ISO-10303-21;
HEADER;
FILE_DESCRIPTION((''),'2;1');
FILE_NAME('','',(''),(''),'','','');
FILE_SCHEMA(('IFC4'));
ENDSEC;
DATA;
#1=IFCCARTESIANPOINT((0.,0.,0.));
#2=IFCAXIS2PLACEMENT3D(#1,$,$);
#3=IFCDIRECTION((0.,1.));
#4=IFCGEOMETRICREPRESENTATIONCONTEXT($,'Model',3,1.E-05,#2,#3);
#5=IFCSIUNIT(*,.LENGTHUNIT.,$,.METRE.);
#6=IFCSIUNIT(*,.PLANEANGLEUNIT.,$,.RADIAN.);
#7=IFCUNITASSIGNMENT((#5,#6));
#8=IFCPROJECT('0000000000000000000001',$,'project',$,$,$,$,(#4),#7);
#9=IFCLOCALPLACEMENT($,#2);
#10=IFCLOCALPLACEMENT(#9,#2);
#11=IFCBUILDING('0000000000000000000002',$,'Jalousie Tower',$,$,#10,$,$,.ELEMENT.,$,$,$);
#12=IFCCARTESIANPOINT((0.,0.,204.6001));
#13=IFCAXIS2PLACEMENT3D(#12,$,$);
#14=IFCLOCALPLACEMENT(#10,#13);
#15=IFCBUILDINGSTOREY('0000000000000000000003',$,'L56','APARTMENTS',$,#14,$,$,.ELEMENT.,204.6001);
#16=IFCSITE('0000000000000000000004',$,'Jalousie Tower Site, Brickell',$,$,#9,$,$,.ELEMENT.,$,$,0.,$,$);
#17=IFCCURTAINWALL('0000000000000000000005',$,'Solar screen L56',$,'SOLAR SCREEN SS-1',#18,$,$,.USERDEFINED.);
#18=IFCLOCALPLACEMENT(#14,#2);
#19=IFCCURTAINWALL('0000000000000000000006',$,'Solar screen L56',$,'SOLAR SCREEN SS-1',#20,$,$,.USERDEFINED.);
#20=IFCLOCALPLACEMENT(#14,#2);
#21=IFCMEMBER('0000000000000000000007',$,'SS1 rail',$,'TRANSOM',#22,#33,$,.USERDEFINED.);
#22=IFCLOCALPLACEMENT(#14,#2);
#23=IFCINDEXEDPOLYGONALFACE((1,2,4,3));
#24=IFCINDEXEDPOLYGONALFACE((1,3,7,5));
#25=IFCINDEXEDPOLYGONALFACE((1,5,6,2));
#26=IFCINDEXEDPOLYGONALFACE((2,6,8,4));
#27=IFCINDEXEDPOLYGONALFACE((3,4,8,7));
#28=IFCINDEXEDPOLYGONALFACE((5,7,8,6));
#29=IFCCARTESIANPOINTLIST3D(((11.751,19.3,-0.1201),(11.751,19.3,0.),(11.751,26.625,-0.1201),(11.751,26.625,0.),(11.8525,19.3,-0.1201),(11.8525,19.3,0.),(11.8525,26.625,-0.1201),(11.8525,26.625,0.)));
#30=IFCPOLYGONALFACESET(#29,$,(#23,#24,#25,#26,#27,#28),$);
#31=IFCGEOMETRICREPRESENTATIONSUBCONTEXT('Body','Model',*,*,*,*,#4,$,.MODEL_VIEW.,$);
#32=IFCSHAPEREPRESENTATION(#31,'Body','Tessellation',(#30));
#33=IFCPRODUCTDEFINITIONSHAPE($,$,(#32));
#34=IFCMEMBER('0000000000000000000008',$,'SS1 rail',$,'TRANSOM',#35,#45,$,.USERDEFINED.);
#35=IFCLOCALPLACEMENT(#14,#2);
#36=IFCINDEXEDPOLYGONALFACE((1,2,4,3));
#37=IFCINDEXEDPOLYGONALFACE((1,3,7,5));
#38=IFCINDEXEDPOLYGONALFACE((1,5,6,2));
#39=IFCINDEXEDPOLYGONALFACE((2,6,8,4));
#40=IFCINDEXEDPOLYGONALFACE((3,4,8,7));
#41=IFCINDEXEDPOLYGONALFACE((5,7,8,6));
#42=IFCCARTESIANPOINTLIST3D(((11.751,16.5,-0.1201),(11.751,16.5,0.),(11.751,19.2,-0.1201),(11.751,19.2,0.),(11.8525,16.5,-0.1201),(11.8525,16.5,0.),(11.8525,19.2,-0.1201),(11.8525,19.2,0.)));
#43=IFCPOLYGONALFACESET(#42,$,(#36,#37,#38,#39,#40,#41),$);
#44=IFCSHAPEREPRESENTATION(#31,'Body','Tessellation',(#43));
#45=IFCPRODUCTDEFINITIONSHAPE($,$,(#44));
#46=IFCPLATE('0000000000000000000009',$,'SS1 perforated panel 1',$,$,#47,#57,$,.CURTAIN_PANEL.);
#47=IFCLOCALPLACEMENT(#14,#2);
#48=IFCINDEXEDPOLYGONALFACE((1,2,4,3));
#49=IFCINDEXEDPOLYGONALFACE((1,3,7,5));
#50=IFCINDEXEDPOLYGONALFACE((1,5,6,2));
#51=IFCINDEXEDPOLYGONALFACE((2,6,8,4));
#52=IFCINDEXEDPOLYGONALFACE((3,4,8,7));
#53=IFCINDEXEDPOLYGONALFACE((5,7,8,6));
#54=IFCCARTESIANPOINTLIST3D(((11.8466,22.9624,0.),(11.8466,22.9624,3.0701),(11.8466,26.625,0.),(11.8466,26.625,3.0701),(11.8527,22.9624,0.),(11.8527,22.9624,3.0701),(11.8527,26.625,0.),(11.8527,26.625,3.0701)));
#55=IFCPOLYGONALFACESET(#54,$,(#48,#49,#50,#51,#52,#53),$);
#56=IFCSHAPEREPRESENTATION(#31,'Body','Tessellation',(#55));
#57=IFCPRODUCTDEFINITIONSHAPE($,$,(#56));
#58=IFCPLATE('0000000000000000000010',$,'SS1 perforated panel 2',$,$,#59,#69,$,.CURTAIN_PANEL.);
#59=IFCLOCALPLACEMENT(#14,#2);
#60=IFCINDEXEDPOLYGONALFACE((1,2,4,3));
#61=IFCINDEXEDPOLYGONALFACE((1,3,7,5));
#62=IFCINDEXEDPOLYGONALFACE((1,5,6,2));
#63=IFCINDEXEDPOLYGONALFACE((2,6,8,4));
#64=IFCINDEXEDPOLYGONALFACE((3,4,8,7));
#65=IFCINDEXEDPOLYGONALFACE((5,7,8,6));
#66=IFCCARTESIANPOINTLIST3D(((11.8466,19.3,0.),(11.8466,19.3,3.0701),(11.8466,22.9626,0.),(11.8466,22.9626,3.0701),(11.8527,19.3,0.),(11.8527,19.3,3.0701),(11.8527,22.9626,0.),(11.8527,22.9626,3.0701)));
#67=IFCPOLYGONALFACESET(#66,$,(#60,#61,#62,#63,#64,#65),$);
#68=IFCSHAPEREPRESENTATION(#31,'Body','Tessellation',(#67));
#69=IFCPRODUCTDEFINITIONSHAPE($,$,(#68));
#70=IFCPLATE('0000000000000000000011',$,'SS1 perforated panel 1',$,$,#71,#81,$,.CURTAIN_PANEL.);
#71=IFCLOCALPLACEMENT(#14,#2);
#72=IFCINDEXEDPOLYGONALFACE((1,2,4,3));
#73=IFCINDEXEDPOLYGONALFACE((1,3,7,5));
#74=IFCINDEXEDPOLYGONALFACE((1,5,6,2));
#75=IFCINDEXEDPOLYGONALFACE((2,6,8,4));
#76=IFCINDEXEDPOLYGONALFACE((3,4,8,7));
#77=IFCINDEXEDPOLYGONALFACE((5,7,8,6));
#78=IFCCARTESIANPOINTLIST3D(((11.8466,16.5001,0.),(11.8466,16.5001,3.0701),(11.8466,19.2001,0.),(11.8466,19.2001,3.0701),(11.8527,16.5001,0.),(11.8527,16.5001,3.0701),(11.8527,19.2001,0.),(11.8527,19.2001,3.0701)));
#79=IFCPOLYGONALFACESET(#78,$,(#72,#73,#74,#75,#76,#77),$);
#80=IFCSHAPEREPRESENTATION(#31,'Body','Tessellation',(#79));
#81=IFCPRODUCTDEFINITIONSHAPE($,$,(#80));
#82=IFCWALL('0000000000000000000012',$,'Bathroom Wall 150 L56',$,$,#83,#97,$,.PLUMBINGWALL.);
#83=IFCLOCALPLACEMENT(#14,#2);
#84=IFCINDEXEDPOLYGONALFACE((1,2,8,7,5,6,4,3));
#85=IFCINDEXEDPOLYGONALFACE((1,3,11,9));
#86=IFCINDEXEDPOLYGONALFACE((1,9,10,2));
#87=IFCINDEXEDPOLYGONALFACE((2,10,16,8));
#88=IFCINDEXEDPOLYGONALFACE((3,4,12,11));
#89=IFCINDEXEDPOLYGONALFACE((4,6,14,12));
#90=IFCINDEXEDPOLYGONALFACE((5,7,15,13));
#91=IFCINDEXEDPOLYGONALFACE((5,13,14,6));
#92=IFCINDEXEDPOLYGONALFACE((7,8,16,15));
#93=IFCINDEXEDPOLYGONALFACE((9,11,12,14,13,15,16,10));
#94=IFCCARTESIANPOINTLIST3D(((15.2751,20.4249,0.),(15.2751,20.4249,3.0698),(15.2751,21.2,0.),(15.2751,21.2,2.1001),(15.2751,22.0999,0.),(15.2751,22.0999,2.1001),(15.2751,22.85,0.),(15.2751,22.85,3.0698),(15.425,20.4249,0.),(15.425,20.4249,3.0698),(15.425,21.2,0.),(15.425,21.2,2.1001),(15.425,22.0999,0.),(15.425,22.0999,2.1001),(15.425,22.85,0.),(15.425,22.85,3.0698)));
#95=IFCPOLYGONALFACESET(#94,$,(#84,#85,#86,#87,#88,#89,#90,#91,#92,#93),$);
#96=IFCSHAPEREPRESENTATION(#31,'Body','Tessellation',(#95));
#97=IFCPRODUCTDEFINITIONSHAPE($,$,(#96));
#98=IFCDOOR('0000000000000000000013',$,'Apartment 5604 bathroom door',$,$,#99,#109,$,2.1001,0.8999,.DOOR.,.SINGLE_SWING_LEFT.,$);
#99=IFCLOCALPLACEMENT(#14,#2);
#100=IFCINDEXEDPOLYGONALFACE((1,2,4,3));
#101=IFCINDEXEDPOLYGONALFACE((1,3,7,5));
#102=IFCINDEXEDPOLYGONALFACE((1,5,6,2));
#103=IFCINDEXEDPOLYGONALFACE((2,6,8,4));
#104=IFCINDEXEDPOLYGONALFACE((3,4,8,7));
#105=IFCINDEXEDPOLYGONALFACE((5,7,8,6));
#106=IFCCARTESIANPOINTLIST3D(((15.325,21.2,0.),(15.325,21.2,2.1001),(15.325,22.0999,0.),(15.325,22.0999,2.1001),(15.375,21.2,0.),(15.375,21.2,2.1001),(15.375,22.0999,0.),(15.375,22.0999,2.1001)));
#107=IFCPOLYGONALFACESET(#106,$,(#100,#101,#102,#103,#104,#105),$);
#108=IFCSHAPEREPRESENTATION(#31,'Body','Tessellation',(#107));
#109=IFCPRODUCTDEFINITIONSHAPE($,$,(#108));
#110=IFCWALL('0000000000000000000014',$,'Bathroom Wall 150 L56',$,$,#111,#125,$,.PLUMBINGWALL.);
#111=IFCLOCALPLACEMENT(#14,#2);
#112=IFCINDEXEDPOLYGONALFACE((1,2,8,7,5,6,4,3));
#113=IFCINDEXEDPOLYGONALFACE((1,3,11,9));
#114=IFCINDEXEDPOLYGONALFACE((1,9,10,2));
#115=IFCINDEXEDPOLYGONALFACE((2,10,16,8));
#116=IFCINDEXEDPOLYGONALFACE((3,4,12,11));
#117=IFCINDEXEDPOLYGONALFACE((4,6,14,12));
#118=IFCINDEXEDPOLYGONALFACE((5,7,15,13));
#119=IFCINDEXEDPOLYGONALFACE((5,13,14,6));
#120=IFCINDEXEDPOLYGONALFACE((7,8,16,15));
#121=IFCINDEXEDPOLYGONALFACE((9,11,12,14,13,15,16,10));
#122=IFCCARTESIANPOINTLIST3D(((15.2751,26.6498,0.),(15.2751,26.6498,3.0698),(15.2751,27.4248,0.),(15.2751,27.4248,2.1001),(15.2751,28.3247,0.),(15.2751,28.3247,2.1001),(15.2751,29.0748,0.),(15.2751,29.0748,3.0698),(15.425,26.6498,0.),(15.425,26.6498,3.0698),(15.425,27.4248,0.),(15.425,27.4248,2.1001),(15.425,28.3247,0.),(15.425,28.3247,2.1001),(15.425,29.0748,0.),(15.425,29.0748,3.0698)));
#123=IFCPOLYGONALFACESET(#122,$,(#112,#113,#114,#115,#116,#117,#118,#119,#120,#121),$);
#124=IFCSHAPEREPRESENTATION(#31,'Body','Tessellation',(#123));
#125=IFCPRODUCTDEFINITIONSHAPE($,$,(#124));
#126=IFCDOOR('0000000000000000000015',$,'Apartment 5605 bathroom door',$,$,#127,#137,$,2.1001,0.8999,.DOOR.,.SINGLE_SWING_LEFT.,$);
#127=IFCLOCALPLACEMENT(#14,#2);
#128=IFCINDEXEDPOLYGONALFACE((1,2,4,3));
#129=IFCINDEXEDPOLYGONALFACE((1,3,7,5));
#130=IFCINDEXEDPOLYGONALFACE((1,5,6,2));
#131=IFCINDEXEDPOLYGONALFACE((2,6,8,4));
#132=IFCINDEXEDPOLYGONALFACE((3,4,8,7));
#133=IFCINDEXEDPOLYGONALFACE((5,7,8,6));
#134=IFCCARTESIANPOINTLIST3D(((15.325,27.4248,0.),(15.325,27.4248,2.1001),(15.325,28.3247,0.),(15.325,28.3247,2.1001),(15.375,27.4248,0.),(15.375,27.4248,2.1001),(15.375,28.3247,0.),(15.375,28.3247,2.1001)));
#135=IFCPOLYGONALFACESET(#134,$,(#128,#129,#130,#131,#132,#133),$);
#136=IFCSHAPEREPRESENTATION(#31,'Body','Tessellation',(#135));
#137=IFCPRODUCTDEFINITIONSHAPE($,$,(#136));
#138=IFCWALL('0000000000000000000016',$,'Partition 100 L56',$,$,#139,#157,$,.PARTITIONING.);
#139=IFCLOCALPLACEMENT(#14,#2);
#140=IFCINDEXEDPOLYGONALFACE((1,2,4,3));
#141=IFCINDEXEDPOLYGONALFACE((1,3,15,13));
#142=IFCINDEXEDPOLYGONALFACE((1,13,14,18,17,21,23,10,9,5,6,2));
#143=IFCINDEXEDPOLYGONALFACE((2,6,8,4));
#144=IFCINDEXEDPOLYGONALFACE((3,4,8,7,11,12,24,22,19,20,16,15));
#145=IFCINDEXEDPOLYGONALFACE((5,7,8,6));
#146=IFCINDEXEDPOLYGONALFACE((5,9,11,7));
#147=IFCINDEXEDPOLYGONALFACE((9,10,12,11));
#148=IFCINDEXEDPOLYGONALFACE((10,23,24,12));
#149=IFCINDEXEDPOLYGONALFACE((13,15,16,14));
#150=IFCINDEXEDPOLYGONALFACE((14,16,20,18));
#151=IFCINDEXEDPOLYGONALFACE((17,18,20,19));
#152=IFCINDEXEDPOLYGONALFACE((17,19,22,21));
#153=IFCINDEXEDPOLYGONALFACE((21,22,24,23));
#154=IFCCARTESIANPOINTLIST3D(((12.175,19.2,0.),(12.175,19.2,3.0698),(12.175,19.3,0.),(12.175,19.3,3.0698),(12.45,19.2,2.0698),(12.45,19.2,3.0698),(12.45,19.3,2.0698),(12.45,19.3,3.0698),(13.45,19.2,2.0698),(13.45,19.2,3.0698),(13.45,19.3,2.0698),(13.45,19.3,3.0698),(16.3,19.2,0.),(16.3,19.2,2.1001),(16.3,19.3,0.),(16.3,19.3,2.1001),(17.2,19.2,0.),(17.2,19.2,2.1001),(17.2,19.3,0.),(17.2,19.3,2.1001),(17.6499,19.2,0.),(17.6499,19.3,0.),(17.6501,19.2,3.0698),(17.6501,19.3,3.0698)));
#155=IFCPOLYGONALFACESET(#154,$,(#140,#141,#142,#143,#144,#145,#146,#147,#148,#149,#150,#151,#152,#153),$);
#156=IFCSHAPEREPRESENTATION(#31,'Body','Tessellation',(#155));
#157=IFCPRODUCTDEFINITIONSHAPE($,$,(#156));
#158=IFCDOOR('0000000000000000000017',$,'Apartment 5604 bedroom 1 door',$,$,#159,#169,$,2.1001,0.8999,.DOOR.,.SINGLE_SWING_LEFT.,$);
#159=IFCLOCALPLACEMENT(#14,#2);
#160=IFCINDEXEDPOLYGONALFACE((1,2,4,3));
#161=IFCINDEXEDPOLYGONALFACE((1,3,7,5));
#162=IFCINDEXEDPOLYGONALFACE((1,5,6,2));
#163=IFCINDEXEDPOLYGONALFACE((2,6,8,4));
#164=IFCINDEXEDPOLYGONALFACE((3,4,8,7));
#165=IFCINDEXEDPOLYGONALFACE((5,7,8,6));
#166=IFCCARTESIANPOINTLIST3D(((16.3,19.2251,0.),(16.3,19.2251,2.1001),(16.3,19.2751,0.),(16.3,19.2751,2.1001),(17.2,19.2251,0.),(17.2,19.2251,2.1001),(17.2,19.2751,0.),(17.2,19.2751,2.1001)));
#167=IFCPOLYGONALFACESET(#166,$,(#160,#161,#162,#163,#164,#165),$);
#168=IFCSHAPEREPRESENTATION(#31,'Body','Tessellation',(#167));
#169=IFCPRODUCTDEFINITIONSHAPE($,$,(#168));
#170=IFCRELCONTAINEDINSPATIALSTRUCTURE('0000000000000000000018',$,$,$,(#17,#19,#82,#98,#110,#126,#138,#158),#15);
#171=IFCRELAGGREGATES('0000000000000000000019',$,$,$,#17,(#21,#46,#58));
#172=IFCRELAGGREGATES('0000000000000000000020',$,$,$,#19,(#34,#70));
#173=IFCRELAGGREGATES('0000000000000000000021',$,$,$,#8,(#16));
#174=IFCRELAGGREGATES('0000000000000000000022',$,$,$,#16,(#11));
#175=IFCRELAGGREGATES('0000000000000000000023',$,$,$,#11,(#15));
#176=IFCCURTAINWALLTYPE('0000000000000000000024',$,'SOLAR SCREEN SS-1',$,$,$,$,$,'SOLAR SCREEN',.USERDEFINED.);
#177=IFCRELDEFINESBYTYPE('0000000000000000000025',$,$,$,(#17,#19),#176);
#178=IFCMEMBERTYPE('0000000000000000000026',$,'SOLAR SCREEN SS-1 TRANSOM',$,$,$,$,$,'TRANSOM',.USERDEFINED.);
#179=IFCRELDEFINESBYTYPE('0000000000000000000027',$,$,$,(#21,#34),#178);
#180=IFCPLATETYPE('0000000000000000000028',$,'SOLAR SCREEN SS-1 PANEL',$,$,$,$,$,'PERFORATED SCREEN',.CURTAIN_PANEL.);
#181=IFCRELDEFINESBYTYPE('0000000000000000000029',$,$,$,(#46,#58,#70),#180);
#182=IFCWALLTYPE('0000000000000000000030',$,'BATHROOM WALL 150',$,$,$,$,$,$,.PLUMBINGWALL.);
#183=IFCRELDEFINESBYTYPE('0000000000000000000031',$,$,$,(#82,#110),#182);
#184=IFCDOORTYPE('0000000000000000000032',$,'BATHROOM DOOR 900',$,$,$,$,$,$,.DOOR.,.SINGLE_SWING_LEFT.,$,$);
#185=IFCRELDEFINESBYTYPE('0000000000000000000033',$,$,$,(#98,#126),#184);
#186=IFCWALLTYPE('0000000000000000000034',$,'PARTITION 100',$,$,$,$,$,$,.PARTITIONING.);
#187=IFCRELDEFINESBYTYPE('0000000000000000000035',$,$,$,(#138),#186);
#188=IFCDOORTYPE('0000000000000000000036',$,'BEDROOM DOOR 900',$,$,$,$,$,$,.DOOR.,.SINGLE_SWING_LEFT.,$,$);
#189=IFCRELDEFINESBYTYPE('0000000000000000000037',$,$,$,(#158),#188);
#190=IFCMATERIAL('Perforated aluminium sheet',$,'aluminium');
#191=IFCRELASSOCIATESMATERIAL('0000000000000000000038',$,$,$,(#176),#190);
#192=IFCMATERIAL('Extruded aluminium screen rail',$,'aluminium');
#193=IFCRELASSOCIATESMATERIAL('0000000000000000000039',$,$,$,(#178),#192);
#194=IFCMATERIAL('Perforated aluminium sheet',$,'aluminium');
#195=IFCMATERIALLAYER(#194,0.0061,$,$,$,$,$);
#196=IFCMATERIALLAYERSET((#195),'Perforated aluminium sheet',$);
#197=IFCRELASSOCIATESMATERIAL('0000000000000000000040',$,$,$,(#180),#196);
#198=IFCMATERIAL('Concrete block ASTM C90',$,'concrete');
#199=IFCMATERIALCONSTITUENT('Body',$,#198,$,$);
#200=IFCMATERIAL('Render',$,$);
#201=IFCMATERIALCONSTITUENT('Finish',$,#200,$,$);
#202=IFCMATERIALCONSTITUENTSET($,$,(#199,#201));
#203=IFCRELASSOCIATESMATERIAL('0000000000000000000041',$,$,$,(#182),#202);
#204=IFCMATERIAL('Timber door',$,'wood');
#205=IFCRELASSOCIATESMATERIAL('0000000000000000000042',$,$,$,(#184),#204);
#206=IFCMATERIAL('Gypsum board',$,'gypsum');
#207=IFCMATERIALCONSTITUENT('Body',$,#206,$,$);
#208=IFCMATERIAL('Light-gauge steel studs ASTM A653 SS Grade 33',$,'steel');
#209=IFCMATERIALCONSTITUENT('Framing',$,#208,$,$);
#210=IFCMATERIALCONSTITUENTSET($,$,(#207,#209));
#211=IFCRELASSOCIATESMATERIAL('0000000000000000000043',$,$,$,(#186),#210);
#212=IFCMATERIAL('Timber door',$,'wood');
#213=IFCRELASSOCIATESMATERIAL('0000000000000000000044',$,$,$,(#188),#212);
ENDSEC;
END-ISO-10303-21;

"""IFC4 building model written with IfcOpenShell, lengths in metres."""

from ifc_helpers import new_model, si_unit, direction, frame, frame_2d, origin, origin_2d, place, context, subcontext, project, spatial, polyline, rectangle, outline, extrude, material, layer, layer_set, constituent, constituent_set, material_profile, profile_set, type_object, element, fill, aggregate, save


model = new_model("IFC4")

# Units and contexts
model_context = context("Model", 3, precision=1e-05, world=origin(), true_north=direction((0.0, 1.0)))
body_context = subcontext(model_context, "Body", "Model", "MODEL_VIEW")
ifc_project = project(units=[si_unit("LENGTHUNIT", "METRE"), si_unit("PLANEANGLEUNIT", "RADIAN")], contexts=[model_context])

# Site, building, storey
site_placement = place(None, origin())
site = spatial("IfcSite", under=ifc_project, at=site_placement, Name="Jalousie Tower Site, Brickell", CompositionType="ELEMENT", RefElevation=0.0)
building_placement = place(site_placement, origin())
building = spatial("IfcBuilding", under=site, at=building_placement, Name="Jalousie Tower", CompositionType="ELEMENT")
storey_placement = place(building_placement, frame((0.0, 0.0, 204.6001)))
storey = spatial("IfcBuildingStorey", under=building, at=storey_placement, Name="L56", Description="APARTMENTS", CompositionType="ELEMENT", Elevation=204.6001)

# Curtain walls
ifc_material_1 = material(Name="Perforated aluminium sheet", Category="aluminium")
curtain_wall_type = type_object("IfcCurtainWallType", Name="SOLAR SCREEN SS-1", ElementType="SOLAR SCREEN", PredefinedType="USERDEFINED", material=ifc_material_1)
curtain_wall_1_placement = place(storey_placement, origin())
curtain_wall_1 = element("IfcCurtainWall", 1, at=curtain_wall_1_placement, inside=storey, type_object=curtain_wall_type, Name="Solar screen L56", ObjectType="SOLAR SCREEN SS-1", PredefinedType="USERDEFINED")
curtain_wall_2_placement = place(storey_placement, origin())
curtain_wall_2 = element("IfcCurtainWall", 2, at=curtain_wall_2_placement, inside=storey, type_object=curtain_wall_type, Name="Solar screen L56", ObjectType="SOLAR SCREEN SS-1", PredefinedType="USERDEFINED")

# Members
ifc_material_2 = material(Name="Extruded aluminium screen rail", Category="aluminium")
ifc_material_profile_1 = material_profile(ifc_material_2, rectangle(XDim=0.1016, YDim=0.1201, at=origin_2d()), Name="RAIL 102x120")
ifc_profile_set_1 = profile_set([ifc_material_profile_1], Name="Extruded aluminium screen rail")
member_type_1 = type_object("IfcMemberType", Name="SOLAR SCREEN SS-1 TRANSOM", ElementType="TRANSOM", PredefinedType="USERDEFINED", material=ifc_profile_set_1)
member_1_placement = place(storey_placement, frame((11.8018, 26.625, -0.0601), z_axis=(0.0, -1.0, 0.0), x_axis=(1.0, 0.0, 0.0)))
member_1 = element("IfcMember", 3, at=member_1_placement, type_object=member_type_1, Name="SS1 rail", ObjectType="TRANSOM", PredefinedType="USERDEFINED", context=body_context, shape_type="SweptSolid", body=[
    extrude(rectangle(XDim=0.1016, YDim=0.1201, at=origin_2d()), origin(), (0.0, 0.0, 1.0), 7.325),
])
member_2_placement = place(storey_placement, frame((11.8018, 19.2, -0.0601), z_axis=(0.0, -1.0, 0.0), x_axis=(1.0, 0.0, 0.0)))
member_2 = element("IfcMember", 4, at=member_2_placement, type_object=member_type_1, Name="SS1 rail", ObjectType="TRANSOM", PredefinedType="USERDEFINED", context=body_context, shape_type="SweptSolid", body=[
    extrude(rectangle(XDim=0.1016, YDim=0.1201, at=origin_2d()), origin(), (0.0, 0.0, 1.0), 2.7),
])

# Plates
ifc_material_3 = material(Name="Perforated aluminium sheet", Category="aluminium")
ifc_layer = layer(ifc_material_3, 0.0061)
ifc_layer_set = layer_set([ifc_layer], Name="Perforated aluminium sheet")
plate_type = type_object("IfcPlateType", Name="SOLAR SCREEN SS-1 PANEL", ElementType="PERFORATED SCREEN", PredefinedType="CURTAIN_PANEL", material=ifc_layer_set)
plate_1_placement = place(storey_placement, frame((11.8496, 24.7937, 0.0), z_axis=(0.0, 0.0, 1.0), x_axis=(0.0, -1.0, 0.0)))
plate_1 = element("IfcPlate", 5, at=plate_1_placement, type_object=plate_type, Name="SS1 perforated panel 1", PredefinedType="CURTAIN_PANEL", context=body_context, shape_type="SweptSolid", body=[
    extrude(rectangle(XDim=3.6626, YDim=0.0061, at=origin_2d()), origin(), (0.0, 0.0, 1.0), 3.0701),
])
plate_2_placement = place(storey_placement, frame((11.8496, 21.1313, 0.0), z_axis=(0.0, 0.0, 1.0), x_axis=(0.0, -1.0, 0.0)))
plate_2 = element("IfcPlate", 6, at=plate_2_placement, type_object=plate_type, Name="SS1 perforated panel 2", PredefinedType="CURTAIN_PANEL", context=body_context, shape_type="SweptSolid", body=[
    extrude(rectangle(XDim=3.6626, YDim=0.0061, at=origin_2d()), origin(), (0.0, 0.0, 1.0), 3.0701),
])
aggregate(curtain_wall_1, [member_1, plate_1, plate_2])
plate_3_placement = place(storey_placement, frame((11.8496, 17.8501, 0.0), z_axis=(0.0, 0.0, 1.0), x_axis=(0.0, -1.0, 0.0)))
plate_3 = element("IfcPlate", 7, at=plate_3_placement, type_object=plate_type, Name="SS1 perforated panel 1", PredefinedType="CURTAIN_PANEL", context=body_context, shape_type="SweptSolid", body=[
    extrude(rectangle(XDim=2.7, YDim=0.0061, at=origin_2d()), origin(), (0.0, 0.0, 1.0), 3.0701),
])
aggregate(curtain_wall_2, [member_2, plate_3])

# Walls, openings, doors
ifc_material_4 = material(Name="Concrete block ASTM C90", Category="concrete")
ifc_constituent_1 = constituent(ifc_material_4, Name="Body")
ifc_material_5 = material(Name="Render")
ifc_constituent_2 = constituent(ifc_material_5, Name="Finish")
ifc_constituent_set_1 = constituent_set(constituents=[ifc_constituent_1, ifc_constituent_2])
wall_type_1 = type_object("IfcWallType", Name="BATHROOM WALL 150", PredefinedType="PLUMBINGWALL", material=ifc_constituent_set_1)
wall_1_placement = place(storey_placement, frame((15.3501, 20.425, 0.0), z_axis=(0.0, 0.0, 1.0), x_axis=(0.0, 1.0, 0.0)))
wall_1 = element("IfcWall", 8, at=wall_1_placement, inside=storey, type_object=wall_type_1, Name="Bathroom Wall 150 L56", PredefinedType="PLUMBINGWALL", context=body_context, shape_type="SweptSolid", body=[
    extrude(rectangle(XDim=2.425, YDim=0.1499, at=frame_2d((1.2124, 0.0))), origin(), (0.0, 0.0, 1.0), 3.0698),
])
opening_1_placement = place(wall_1_placement, frame((0.7749, 0.0, 0.0)))
opening_1 = element("IfcOpeningElement", 9, at=opening_1_placement, cuts=wall_1, PredefinedType="OPENING", context=body_context, shape_type="SweptSolid", body=[
    extrude(rectangle(XDim=0.8999, YDim=2.1001, at=frame_2d((0.45, 1.05))), frame((0.0, 0.085, 0.0), z_axis=(0.0, -1.0, 0.0), x_axis=(1.0, 0.0, 0.0)), (0.0, 0.0, 1.0), 0.1699),
])
ifc_material_6 = material(Name="Timber door", Category="wood")
door_type_1 = type_object("IfcDoorType", Name="BATHROOM DOOR 900", OperationType="SINGLE_SWING_LEFT", PredefinedType="DOOR", material=ifc_material_6)
door_1_placement = place(opening_1_placement, frame((0.8999, 0.0, 0.0), z_axis=(0.0, 0.0, 1.0), x_axis=(-1.0, 0.0, 0.0)))
door_1 = element("IfcDoor", 10, at=door_1_placement, inside=storey, type_object=door_type_1, Name="Apartment 5604 bathroom door", OperationType="SINGLE_SWING_LEFT", OverallHeight=2.1001, OverallWidth=0.8999, PredefinedType="DOOR", context=body_context, shape_type="SweptSolid", body=[
    extrude(rectangle(XDim=0.8999, YDim=2.1001, at=frame_2d((0.45, 1.05))), frame((0.0, 0.0249, 0.0), z_axis=(0.0, -1.0, 0.0), x_axis=(1.0, 0.0, 0.0)), (0.0, 0.0, 1.0), 0.05),
])
fill(opening_1, door_1)
wall_2_placement = place(storey_placement, frame((15.3501, 26.6499, 0.0), z_axis=(0.0, 0.0, 1.0), x_axis=(0.0, 1.0, 0.0)))
wall_2 = element("IfcWall", 11, at=wall_2_placement, inside=storey, type_object=wall_type_1, Name="Bathroom Wall 150 L56", PredefinedType="PLUMBINGWALL", context=body_context, shape_type="SweptSolid", body=[
    extrude(rectangle(XDim=2.425, YDim=0.1499, at=frame_2d((1.2124, 0.0))), origin(), (0.0, 0.0, 1.0), 3.0698),
])
opening_2_placement = place(wall_2_placement, frame((0.7749, 0.0, 0.0)))
opening_2 = element("IfcOpeningElement", 12, at=opening_2_placement, cuts=wall_2, PredefinedType="OPENING", context=body_context, shape_type="SweptSolid", body=[
    extrude(rectangle(XDim=0.8999, YDim=2.1001, at=frame_2d((0.45, 1.05))), frame((0.0, 0.085, 0.0), z_axis=(0.0, -1.0, 0.0), x_axis=(1.0, 0.0, 0.0)), (0.0, 0.0, 1.0), 0.1699),
])
door_2_placement = place(opening_2_placement, frame((0.8999, 0.0, 0.0), z_axis=(0.0, 0.0, 1.0), x_axis=(-1.0, 0.0, 0.0)))
door_2 = element("IfcDoor", 13, at=door_2_placement, inside=storey, type_object=door_type_1, Name="Apartment 5605 bathroom door", OperationType="SINGLE_SWING_LEFT", OverallHeight=2.1001, OverallWidth=0.8999, PredefinedType="DOOR", context=body_context, shape_type="SweptSolid", body=[
    extrude(rectangle(XDim=0.8999, YDim=2.1001, at=frame_2d((0.45, 1.05))), frame((0.0, 0.0249, 0.0), z_axis=(0.0, -1.0, 0.0), x_axis=(1.0, 0.0, 0.0)), (0.0, 0.0, 1.0), 0.05),
])
fill(opening_2, door_2)
ifc_material_7 = material(Name="Gypsum board", Category="gypsum")
ifc_constituent_3 = constituent(ifc_material_7, Name="Body")
ifc_material_8 = material(Name="Light-gauge steel studs ASTM A653 SS Grade 33", Category="steel")
ifc_constituent_4 = constituent(ifc_material_8, Name="Framing")
ifc_constituent_set_2 = constituent_set(constituents=[ifc_constituent_3, ifc_constituent_4])
wall_type_2 = type_object("IfcWallType", Name="PARTITION 100", PredefinedType="PARTITIONING", material=ifc_constituent_set_2)
wall_3_placement = place(storey_placement, frame((12.175, 19.25, 0.0), z_axis=(0.0, 0.0, 1.0), x_axis=(1.0, 0.0, 0.0)))
wall_3 = element("IfcWall", 14, at=wall_3_placement, inside=storey, type_object=wall_type_2, Name="Partition 100 L56", PredefinedType="PARTITIONING", context=body_context, shape_type="SweptSolid", body=[
    extrude(outline(polyline([(0.0, 0.0), (5.4749, 0.0), (5.4751, 3.0698), (1.2749, 3.0698), (1.2749, 2.0698), (0.2749, 2.0698), (0.2749, 3.0698), (0.0, 3.0698), (0.0, 0.0)])), frame((0.0, 0.05, 0.0), z_axis=(0.0, -1.0, 0.0), x_axis=(1.0, 0.0, 0.0)), (0.0, 0.0, 1.0), 0.1001),
])
opening_3_placement = place(wall_3_placement, frame((4.125, 0.0, 0.0)))
opening_3 = element("IfcOpeningElement", 15, at=opening_3_placement, cuts=wall_3, PredefinedType="OPENING", context=body_context, shape_type="SweptSolid", body=[
    extrude(rectangle(XDim=0.8999, YDim=2.1001, at=frame_2d((0.45, 1.05))), frame((0.0, 0.0601, 0.0), z_axis=(0.0, -1.0, 0.0), x_axis=(1.0, 0.0, 0.0)), (0.0, 0.0, 1.0), 0.1201),
])
ifc_material_9 = material(Name="Timber door", Category="wood")
door_type_2 = type_object("IfcDoorType", Name="BEDROOM DOOR 900", OperationType="SINGLE_SWING_LEFT", PredefinedType="DOOR", material=ifc_material_9)
door_3_placement = place(opening_3_placement, frame((0.8999, 0.0, 0.0), z_axis=(0.0, 0.0, 1.0), x_axis=(-1.0, 0.0, 0.0)))
door_3 = element("IfcDoor", 16, at=door_3_placement, inside=storey, type_object=door_type_2, Name="Apartment 5604 bedroom 1 door", OperationType="SINGLE_SWING_LEFT", OverallHeight=2.1001, OverallWidth=0.8999, PredefinedType="DOOR", context=body_context, shape_type="SweptSolid", body=[
    extrude(rectangle(XDim=0.8999, YDim=2.1001, at=frame_2d((0.45, 1.05))), frame((0.0, 0.0249, 0.0), z_axis=(0.0, -1.0, 0.0), x_axis=(1.0, 0.0, 0.0)), (0.0, 0.0, 1.0), 0.05),
])
fill(opening_3, door_3)

save(model, "model.ifc")
